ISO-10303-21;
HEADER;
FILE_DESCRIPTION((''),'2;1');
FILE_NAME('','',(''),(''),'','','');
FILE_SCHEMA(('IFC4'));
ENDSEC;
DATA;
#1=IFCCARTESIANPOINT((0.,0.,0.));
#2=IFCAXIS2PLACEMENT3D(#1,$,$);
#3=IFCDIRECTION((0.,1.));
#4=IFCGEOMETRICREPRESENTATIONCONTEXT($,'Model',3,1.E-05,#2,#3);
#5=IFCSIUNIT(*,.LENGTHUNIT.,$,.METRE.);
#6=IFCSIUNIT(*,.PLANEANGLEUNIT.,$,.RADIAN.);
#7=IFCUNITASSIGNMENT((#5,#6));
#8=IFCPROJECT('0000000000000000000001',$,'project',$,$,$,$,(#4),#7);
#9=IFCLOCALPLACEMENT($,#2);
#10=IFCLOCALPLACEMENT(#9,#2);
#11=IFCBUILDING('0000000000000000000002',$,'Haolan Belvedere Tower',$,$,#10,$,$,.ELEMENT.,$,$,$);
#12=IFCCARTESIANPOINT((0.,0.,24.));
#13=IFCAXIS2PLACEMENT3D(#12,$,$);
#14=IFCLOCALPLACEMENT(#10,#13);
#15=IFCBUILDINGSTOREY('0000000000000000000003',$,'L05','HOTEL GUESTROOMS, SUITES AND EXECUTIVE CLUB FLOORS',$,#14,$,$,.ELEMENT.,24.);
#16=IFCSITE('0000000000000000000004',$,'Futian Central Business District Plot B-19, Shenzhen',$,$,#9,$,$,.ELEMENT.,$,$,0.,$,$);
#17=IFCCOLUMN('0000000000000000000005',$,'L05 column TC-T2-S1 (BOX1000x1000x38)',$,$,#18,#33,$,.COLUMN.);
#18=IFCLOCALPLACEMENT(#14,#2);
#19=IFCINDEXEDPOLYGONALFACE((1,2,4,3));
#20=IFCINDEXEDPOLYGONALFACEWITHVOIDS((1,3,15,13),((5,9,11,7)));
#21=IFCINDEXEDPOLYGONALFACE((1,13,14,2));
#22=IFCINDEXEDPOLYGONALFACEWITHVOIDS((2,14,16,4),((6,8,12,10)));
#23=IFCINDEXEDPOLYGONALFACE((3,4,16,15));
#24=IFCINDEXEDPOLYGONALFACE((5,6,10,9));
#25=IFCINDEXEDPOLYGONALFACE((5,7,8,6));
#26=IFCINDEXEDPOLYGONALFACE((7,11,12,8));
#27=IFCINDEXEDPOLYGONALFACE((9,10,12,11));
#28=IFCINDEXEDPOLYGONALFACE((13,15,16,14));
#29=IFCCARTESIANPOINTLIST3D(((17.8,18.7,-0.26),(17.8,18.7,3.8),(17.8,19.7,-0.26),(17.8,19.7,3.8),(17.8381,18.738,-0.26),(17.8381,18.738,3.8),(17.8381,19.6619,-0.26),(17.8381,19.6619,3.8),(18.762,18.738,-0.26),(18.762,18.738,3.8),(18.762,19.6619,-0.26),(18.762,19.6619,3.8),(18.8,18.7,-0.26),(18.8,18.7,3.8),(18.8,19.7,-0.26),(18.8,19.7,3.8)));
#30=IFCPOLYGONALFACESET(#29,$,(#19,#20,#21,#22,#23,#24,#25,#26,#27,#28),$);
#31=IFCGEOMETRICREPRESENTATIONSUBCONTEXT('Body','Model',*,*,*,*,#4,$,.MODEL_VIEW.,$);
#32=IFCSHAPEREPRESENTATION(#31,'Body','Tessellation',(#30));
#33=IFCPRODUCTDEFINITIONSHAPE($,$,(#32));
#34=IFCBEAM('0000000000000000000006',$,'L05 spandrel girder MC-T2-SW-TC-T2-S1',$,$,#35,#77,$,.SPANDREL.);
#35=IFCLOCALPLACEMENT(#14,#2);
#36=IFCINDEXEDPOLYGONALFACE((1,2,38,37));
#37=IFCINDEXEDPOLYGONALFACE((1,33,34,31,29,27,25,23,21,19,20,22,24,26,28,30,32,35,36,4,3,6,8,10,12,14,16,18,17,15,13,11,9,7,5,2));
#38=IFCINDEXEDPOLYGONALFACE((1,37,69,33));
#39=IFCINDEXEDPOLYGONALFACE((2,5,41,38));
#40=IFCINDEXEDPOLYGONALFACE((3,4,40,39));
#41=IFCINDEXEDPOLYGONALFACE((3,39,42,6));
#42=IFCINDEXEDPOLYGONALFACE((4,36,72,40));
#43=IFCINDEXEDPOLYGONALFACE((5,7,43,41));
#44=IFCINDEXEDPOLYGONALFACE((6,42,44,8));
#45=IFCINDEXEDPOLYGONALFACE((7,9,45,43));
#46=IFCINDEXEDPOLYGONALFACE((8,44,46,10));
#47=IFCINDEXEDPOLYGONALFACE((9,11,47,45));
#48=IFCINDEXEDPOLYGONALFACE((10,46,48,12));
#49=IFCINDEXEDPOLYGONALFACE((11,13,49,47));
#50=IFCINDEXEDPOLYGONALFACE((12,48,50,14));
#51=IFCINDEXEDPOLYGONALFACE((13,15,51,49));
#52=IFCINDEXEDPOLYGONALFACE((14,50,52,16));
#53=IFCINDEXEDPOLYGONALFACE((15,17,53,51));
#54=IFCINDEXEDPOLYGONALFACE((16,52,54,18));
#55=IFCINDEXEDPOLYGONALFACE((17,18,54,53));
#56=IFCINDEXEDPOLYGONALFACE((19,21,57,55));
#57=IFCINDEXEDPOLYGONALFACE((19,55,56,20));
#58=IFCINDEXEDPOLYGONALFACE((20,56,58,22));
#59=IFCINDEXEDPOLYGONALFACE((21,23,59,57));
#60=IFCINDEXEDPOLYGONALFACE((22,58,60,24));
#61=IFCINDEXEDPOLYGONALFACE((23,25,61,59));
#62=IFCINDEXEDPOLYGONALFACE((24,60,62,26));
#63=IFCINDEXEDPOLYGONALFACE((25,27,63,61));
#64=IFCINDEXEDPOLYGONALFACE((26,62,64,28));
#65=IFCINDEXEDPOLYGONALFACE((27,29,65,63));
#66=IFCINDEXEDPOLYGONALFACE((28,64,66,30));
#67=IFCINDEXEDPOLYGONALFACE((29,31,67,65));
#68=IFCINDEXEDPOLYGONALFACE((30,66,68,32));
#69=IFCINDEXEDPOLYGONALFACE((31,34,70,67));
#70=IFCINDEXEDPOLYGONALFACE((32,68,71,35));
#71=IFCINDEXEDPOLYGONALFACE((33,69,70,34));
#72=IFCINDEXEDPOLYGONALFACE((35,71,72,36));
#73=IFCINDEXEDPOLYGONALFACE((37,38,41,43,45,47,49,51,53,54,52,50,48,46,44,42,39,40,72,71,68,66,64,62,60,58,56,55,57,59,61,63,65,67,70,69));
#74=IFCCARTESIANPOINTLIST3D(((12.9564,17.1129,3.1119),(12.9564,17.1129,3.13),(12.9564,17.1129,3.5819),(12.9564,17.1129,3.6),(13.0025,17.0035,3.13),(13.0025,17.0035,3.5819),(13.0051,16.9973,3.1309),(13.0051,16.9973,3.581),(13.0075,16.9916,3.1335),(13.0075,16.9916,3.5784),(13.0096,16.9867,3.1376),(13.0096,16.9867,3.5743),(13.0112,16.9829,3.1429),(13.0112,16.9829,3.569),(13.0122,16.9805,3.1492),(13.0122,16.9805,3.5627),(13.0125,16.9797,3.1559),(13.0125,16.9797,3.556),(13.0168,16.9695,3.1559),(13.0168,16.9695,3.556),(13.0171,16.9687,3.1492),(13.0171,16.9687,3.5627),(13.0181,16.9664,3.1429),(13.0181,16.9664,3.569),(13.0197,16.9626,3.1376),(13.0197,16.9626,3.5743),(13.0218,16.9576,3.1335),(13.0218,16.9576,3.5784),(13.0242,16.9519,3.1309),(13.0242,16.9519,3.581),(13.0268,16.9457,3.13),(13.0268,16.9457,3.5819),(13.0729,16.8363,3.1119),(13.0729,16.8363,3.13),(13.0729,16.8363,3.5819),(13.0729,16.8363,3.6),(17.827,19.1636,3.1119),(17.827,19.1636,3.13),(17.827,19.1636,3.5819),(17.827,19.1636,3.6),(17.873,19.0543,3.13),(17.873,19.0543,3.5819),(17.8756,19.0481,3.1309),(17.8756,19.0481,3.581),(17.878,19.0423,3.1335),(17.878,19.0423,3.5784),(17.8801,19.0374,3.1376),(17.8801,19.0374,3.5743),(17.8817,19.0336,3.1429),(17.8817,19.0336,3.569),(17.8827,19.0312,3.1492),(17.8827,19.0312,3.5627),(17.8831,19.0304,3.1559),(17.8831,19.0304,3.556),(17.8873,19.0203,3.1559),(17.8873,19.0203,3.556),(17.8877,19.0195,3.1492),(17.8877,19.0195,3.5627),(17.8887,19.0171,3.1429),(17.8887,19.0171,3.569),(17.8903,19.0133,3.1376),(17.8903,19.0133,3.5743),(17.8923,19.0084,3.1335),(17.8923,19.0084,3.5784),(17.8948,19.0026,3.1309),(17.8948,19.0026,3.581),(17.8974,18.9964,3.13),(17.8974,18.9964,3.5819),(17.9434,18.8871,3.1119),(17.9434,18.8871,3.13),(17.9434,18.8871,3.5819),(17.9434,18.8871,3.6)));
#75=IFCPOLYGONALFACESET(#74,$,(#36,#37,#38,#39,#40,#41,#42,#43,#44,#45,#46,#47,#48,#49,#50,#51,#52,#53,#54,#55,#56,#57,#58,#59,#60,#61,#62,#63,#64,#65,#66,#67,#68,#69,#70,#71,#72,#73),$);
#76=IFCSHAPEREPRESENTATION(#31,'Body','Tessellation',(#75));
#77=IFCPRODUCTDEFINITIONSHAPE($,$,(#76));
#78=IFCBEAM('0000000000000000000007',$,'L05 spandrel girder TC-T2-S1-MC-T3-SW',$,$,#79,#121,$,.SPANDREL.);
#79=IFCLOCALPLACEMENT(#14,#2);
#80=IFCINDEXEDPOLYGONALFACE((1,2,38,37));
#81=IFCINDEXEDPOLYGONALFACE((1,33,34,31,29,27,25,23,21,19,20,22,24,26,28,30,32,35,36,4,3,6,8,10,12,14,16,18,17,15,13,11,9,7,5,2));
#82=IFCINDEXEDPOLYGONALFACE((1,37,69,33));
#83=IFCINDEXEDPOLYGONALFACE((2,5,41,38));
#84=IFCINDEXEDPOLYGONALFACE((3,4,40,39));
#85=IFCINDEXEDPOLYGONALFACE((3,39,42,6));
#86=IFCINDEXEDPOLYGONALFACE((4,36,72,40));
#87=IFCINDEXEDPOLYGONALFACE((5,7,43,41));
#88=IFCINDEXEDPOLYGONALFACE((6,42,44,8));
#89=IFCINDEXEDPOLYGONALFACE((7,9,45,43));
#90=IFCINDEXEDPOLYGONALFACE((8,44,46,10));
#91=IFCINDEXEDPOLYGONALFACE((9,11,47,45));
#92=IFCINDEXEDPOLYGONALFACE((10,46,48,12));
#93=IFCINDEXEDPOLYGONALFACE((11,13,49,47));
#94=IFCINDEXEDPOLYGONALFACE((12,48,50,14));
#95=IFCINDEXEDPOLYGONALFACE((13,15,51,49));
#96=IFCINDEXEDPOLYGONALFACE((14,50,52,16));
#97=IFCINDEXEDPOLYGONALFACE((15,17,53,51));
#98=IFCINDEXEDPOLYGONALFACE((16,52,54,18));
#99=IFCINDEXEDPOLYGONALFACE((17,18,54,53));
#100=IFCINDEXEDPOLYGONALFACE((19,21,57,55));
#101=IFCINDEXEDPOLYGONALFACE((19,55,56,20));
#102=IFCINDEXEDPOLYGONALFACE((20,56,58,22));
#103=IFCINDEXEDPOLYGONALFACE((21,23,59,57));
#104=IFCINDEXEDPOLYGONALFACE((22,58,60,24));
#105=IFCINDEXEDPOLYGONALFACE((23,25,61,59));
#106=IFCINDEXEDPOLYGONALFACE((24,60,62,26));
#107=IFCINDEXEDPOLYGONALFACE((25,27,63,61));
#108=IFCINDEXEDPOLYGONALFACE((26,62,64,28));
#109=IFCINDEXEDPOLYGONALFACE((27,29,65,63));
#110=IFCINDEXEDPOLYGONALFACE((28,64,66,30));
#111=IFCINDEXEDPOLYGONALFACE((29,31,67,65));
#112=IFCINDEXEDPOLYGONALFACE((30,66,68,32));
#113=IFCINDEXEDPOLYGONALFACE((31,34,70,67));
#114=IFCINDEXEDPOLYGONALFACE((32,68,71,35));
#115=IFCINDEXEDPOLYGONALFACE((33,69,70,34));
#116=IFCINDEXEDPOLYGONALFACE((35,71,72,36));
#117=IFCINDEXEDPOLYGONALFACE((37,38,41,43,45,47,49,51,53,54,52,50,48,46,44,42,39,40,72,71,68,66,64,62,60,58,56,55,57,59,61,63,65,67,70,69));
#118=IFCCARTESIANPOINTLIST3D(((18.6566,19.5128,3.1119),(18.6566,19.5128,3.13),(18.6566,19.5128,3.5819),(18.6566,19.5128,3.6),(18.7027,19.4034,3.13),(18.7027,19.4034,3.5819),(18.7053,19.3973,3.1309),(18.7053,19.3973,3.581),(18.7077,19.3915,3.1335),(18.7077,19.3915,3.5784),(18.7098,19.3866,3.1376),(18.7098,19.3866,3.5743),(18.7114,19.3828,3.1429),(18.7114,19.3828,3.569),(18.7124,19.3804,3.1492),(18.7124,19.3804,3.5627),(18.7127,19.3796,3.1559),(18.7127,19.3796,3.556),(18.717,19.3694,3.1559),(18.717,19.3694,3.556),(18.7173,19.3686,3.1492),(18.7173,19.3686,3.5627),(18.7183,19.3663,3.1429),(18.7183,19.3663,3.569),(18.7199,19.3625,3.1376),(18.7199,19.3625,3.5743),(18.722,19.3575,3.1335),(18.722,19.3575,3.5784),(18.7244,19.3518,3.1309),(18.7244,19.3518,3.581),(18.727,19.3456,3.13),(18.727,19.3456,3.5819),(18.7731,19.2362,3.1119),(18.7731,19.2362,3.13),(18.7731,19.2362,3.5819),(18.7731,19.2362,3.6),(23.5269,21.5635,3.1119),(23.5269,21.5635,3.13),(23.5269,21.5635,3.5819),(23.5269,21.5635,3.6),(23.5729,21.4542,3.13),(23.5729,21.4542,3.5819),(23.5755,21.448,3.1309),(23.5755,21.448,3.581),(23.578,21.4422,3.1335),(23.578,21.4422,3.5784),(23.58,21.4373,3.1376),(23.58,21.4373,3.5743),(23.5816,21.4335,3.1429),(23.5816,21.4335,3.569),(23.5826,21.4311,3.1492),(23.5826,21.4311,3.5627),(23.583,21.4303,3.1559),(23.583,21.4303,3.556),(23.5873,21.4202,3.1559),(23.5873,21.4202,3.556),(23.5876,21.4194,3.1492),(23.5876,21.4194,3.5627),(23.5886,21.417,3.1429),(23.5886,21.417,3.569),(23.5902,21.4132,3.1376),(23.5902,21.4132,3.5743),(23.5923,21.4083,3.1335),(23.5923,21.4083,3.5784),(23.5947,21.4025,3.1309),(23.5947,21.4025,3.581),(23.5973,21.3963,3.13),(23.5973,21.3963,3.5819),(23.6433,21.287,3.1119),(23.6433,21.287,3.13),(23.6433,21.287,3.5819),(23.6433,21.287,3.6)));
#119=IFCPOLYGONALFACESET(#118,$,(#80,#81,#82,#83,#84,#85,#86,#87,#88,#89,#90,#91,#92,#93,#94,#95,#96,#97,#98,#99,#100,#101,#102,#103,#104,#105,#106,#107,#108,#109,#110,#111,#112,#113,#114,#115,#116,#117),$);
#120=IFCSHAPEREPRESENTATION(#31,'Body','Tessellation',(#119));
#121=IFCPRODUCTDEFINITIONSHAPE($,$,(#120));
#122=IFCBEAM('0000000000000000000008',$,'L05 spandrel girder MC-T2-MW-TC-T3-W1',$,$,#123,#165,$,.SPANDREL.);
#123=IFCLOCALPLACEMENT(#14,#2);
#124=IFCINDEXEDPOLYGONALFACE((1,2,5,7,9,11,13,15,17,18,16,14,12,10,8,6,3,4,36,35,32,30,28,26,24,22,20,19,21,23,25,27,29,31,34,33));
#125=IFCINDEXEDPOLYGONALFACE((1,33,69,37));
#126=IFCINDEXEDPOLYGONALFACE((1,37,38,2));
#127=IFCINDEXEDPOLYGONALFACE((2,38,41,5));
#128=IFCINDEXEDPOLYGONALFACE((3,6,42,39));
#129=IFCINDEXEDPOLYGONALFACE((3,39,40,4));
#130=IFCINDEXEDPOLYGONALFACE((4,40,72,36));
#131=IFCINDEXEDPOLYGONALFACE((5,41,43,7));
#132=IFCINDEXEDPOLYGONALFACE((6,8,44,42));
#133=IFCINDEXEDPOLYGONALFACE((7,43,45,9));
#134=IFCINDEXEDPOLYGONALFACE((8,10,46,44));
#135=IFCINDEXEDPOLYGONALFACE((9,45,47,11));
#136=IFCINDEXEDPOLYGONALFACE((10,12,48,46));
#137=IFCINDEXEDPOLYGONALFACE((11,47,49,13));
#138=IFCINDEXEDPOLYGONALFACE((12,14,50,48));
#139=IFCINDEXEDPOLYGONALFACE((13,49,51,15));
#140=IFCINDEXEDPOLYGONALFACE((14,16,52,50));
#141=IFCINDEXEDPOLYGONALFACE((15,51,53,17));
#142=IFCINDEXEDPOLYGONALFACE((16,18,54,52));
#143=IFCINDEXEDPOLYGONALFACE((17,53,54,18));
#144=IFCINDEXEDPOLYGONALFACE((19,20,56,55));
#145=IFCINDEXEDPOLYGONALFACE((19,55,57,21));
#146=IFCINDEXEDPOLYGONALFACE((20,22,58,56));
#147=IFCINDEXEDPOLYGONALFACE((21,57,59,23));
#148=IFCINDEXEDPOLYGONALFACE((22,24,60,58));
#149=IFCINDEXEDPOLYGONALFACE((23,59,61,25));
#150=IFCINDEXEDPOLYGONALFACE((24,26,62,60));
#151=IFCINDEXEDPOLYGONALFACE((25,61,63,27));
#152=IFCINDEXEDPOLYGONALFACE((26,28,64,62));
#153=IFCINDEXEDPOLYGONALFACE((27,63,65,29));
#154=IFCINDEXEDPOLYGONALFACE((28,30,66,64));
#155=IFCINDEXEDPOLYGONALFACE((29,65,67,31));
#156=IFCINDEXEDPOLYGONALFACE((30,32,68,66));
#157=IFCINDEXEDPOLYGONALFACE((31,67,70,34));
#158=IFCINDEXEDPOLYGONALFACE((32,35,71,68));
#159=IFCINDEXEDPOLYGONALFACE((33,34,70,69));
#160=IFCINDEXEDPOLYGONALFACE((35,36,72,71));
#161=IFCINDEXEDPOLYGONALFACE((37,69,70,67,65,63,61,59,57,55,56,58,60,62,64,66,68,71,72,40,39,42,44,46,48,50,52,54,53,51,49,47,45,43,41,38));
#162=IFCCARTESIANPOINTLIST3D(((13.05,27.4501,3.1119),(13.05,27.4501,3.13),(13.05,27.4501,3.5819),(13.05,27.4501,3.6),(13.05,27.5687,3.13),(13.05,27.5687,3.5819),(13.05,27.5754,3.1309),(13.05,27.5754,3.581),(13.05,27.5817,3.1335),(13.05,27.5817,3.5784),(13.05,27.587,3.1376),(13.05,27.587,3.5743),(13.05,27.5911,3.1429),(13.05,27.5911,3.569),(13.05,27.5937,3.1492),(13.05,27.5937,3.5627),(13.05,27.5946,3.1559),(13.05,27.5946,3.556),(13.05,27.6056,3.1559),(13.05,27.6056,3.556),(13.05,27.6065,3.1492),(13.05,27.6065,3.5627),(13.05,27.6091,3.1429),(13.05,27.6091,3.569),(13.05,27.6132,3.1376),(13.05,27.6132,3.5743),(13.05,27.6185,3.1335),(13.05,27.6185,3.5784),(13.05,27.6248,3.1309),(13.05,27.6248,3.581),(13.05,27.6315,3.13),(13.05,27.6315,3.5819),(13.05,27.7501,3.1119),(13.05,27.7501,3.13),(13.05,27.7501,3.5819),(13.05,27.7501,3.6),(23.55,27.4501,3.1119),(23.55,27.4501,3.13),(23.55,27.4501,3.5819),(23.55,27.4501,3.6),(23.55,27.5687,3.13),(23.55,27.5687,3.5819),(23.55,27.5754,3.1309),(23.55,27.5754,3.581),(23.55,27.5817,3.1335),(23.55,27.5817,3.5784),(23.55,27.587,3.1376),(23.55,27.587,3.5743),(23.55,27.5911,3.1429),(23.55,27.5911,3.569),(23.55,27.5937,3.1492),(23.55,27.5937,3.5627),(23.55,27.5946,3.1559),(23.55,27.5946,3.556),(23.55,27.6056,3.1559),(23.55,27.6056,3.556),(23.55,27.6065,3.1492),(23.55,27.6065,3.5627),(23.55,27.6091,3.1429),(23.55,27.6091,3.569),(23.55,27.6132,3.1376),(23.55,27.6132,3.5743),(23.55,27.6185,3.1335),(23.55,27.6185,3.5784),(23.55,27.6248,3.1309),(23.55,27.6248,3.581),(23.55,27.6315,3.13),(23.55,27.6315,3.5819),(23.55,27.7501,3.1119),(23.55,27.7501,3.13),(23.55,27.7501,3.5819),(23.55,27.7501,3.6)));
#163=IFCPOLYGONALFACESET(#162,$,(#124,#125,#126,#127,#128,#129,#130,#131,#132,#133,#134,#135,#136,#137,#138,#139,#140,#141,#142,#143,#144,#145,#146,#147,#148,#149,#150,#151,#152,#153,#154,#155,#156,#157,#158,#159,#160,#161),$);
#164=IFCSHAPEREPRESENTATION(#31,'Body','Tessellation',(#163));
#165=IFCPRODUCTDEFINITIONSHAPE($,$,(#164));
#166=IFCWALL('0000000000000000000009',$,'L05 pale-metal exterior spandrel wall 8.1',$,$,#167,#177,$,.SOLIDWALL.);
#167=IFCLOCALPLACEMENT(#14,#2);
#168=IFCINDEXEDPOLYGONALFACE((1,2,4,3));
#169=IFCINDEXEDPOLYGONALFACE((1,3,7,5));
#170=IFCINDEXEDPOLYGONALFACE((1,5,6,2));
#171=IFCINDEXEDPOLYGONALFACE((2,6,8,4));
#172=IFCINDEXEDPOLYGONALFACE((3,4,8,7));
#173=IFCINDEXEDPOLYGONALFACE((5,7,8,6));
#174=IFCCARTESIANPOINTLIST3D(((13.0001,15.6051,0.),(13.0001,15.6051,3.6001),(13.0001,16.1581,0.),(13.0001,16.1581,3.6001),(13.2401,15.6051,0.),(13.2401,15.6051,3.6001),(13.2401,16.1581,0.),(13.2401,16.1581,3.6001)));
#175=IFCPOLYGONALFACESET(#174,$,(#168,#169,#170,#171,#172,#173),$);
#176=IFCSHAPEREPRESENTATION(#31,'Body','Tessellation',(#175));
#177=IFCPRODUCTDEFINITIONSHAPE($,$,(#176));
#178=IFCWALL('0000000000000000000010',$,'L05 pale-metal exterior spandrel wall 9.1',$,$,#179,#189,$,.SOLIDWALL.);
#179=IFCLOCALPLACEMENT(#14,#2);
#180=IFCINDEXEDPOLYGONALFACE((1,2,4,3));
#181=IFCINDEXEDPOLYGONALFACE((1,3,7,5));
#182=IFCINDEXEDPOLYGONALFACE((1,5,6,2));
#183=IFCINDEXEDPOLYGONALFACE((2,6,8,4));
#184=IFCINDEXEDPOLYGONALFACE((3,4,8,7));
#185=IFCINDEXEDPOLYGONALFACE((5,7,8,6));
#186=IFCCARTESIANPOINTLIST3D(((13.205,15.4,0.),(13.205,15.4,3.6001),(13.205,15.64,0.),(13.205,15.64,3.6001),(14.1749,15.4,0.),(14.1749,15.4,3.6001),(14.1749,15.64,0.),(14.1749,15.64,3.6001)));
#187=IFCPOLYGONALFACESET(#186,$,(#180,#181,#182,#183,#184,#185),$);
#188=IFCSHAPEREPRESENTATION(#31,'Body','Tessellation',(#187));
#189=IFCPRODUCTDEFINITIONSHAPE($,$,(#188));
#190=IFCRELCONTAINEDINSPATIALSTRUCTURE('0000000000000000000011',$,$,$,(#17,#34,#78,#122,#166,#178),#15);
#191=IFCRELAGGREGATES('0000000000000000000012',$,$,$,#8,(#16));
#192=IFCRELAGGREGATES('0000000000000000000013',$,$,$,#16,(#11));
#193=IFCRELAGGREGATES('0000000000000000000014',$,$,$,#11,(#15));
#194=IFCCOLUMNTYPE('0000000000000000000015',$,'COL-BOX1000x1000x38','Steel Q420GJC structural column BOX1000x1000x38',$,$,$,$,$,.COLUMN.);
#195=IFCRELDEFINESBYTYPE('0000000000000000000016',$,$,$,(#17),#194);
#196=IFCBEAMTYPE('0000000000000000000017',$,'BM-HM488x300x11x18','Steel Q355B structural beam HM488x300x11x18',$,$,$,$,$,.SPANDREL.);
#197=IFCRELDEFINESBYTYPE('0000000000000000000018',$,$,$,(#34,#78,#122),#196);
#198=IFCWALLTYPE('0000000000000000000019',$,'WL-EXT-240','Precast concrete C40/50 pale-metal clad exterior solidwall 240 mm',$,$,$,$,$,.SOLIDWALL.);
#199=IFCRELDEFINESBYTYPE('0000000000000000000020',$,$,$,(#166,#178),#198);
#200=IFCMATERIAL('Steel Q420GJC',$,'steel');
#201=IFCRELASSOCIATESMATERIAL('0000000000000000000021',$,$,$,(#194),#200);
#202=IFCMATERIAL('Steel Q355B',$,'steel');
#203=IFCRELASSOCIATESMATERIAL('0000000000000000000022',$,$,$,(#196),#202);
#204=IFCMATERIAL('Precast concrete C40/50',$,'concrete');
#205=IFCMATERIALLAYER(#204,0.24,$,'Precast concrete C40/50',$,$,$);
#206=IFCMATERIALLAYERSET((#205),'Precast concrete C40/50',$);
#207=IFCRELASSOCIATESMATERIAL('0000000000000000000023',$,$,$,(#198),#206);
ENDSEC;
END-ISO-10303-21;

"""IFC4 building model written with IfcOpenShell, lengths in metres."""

from ifc_helpers import new_model, si_unit, direction, frame, frame_2d, origin, origin_2d, place, context, subcontext, project, spatial, rectangle, hollow_rectangle, i_section, extrude, material, layer, layer_set, material_profile, profile_set, type_object, element, save


model = new_model("IFC4")

# Units and contexts
model_context = context("Model", 3, precision=1e-05, world=origin(), true_north=direction((0.0, 1.0)))
body_context = subcontext(model_context, "Body", "Model", "MODEL_VIEW")
ifc_project = project(units=[si_unit("LENGTHUNIT", "METRE"), si_unit("PLANEANGLEUNIT", "RADIAN")], contexts=[model_context])

# Site, building, storey
site_placement = place(None, origin())
site = spatial("IfcSite", under=ifc_project, at=site_placement, Name="Futian Central Business District Plot B-19, Shenzhen", CompositionType="ELEMENT", RefElevation=0.0)
building_placement = place(site_placement, origin())
building = spatial("IfcBuilding", under=site, at=building_placement, Name="Haolan Belvedere Tower", CompositionType="ELEMENT")
storey_placement = place(building_placement, frame((0.0, 0.0, 24.0)))
storey = spatial("IfcBuildingStorey", under=building, at=storey_placement, Name="L05", Description="HOTEL GUESTROOMS, SUITES AND EXECUTIVE CLUB FLOORS", CompositionType="ELEMENT", Elevation=24.0)

# Column
ifc_material_1 = material(Name="Steel Q420GJC", Category="steel")
ifc_material_profile_1 = material_profile(ifc_material_1, hollow_rectangle(XDim=1.0, YDim=1.0, WallThickness=0.0381, at=origin_2d()), Name="Steel Q420GJC")
ifc_profile_set_1 = profile_set([ifc_material_profile_1], Name="Steel Q420GJC")
column_type = type_object("IfcColumnType", Name="COL-BOX1000x1000x38", Description="Steel Q420GJC structural column BOX1000x1000x38", PredefinedType="COLUMN", material=ifc_profile_set_1)
column_placement = place(storey_placement, frame((18.3, 19.2, -0.26), z_axis=(0.0, 0.0, 1.0), x_axis=(1.0, 0.0, 0.0)))
element("IfcColumn", 1, at=column_placement, inside=storey, type_object=column_type, Name="L05 column TC-T2-S1 (BOX1000x1000x38)", PredefinedType="COLUMN", context=body_context, shape_type="SweptSolid", body=[
    extrude(hollow_rectangle(XDim=1.0, YDim=1.0, WallThickness=0.0381, at=origin_2d()), origin(), (0.0, 0.0, 1.0), 4.0601),
])

# Beams
ifc_material_2 = material(Name="Steel Q355B", Category="steel")
ifc_material_profile_2 = material_profile(ifc_material_2, i_section(OverallWidth=0.3, OverallDepth=0.488, WebThickness=0.011, FlangeThickness=0.0181, FilletRadius=0.0259, at=origin_2d()), Name="Steel Q355B")
ifc_profile_set_2 = profile_set([ifc_material_profile_2], Name="Steel Q355B")
beam_type = type_object("IfcBeamType", Name="BM-HM488x300x11x18", Description="Steel Q355B structural beam HM488x300x11x18", PredefinedType="SPANDREL", material=ifc_profile_set_2)
beam_1_placement = place(storey_placement, frame((13.0146, 16.9746, 3.356), z_axis=(0.921635, 0.388057, 0.0), x_axis=(-0.388057, 0.921635, 0.0)))
element("IfcBeam", 2, at=beam_1_placement, inside=storey, type_object=beam_type, Name="L05 spandrel girder MC-T2-SW-TC-T2-S1", PredefinedType="SPANDREL", context=body_context, shape_type="SweptSolid", body=[
    extrude(i_section(OverallWidth=0.3, OverallDepth=0.488, WebThickness=0.011, FlangeThickness=0.0181, FilletRadius=0.0259, at=origin_2d()), origin(), (0.0, 0.0, 1.0), 5.2847),
])
beam_2_placement = place(storey_placement, frame((18.7148, 19.3745, 3.356), z_axis=(0.921628, 0.388074, 0.0), x_axis=(-0.388074, 0.921628, 0.0)))
element("IfcBeam", 3, at=beam_2_placement, inside=storey, type_object=beam_type, Name="L05 spandrel girder TC-T2-S1-MC-T3-SW", PredefinedType="SPANDREL", context=body_context, shape_type="SweptSolid", body=[
    extrude(i_section(OverallWidth=0.3, OverallDepth=0.488, WebThickness=0.011, FlangeThickness=0.0181, FilletRadius=0.0259, at=origin_2d()), origin(), (0.0, 0.0, 1.0), 5.2844),
])
beam_3_placement = place(storey_placement, frame((13.05, 27.6001, 3.356), z_axis=(1.0, 0.0, 0.0), x_axis=(0.0, 1.0, 0.0)))
element("IfcBeam", 4, at=beam_3_placement, inside=storey, type_object=beam_type, Name="L05 spandrel girder MC-T2-MW-TC-T3-W1", PredefinedType="SPANDREL", context=body_context, shape_type="SweptSolid", body=[
    extrude(i_section(OverallWidth=0.3, OverallDepth=0.488, WebThickness=0.011, FlangeThickness=0.0181, FilletRadius=0.0259, at=origin_2d()), origin(), (0.0, 0.0, 1.0), 10.5),
])

# Walls
ifc_material_3 = material(Name="Precast concrete C40/50", Category="concrete")
ifc_layer_1 = layer(ifc_material_3, 0.24, Name="Precast concrete C40/50")
ifc_layer_set_1 = layer_set([ifc_layer_1], Name="Precast concrete C40/50")
wall_type_1 = type_object("IfcWallType", Name="WL-EXT-240", Description="Precast concrete C40/50 pale-metal clad exterior solidwall 240 mm", PredefinedType="SOLIDWALL", material=ifc_layer_set_1)
wall_1_placement = place(storey_placement, frame((13.1201, 16.158, 0.0), z_axis=(0.0, 0.0, 1.0), x_axis=(0.0, -1.0, 0.0)))
element("IfcWall", 5, at=wall_1_placement, inside=storey, type_object=wall_type_1, Name="L05 pale-metal exterior spandrel wall 8.1", PredefinedType="SOLIDWALL", context=body_context, shape_type="SweptSolid", body=[
    extrude(rectangle(XDim=0.553, YDim=0.24, at=frame_2d((0.2764, 0.0))), origin(), (0.0, 0.0, 1.0), 3.6001),
])
wall_2_placement = place(storey_placement, frame((13.2051, 15.52, 0.0), z_axis=(0.0, 0.0, 1.0), x_axis=(1.0, 0.0, 0.0)))
element("IfcWall", 6, at=wall_2_placement, inside=storey, type_object=wall_type_1, Name="L05 pale-metal exterior spandrel wall 9.1", PredefinedType="SOLIDWALL", context=body_context, shape_type="SweptSolid", body=[
    extrude(rectangle(XDim=0.97, YDim=0.24, at=frame_2d((0.4849, 0.0))), origin(), (0.0, 0.0, 1.0), 3.6001),
])

save(model, "model.ifc")
